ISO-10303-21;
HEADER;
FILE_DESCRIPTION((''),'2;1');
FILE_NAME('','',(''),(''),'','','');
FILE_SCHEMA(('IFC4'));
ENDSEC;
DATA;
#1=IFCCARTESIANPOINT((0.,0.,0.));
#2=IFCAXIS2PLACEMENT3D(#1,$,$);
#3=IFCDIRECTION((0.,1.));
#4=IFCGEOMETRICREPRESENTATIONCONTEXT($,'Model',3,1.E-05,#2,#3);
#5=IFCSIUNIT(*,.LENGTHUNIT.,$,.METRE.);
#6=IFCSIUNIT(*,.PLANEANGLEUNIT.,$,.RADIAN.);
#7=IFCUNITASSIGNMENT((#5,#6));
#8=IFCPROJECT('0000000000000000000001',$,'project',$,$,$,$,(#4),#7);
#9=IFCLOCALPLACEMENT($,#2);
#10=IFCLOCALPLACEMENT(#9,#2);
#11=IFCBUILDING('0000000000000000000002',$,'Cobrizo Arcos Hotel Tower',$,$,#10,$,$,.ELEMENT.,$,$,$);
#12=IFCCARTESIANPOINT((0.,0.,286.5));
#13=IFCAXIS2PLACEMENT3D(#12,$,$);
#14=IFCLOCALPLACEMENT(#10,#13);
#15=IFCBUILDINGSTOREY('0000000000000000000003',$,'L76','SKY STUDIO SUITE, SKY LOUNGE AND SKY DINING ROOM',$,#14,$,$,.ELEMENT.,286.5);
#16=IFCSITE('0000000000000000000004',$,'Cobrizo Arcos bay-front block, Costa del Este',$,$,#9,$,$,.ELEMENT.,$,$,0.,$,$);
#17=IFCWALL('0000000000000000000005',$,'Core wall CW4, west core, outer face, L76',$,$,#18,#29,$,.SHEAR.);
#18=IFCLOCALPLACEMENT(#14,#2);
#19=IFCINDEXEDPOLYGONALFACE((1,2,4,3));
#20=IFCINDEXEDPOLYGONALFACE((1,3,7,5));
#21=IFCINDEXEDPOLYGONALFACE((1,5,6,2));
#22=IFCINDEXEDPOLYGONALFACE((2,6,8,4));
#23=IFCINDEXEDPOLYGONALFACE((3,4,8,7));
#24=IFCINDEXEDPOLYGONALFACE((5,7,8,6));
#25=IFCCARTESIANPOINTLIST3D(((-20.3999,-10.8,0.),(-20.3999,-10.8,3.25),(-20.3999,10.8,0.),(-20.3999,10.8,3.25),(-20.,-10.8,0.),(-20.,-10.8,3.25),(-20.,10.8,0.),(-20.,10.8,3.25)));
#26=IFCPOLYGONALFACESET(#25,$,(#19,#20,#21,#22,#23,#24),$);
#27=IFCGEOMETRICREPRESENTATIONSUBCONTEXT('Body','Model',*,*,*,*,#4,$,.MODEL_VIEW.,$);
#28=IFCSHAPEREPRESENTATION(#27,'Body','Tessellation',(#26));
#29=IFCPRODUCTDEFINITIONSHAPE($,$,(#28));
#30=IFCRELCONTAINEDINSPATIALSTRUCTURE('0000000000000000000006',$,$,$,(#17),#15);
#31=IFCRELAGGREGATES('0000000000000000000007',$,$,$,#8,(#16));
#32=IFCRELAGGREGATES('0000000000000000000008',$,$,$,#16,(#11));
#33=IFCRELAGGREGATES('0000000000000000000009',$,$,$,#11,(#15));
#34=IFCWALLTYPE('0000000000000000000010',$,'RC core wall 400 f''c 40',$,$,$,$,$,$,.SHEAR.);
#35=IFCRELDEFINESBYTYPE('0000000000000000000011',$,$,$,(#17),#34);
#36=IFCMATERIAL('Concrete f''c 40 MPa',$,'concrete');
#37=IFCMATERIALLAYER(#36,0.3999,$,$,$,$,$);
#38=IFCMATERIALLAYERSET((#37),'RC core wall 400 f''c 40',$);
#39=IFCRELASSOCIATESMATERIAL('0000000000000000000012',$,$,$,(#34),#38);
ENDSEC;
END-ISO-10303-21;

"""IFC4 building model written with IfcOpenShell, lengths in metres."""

from ifc_helpers import new_model, si_unit, direction, frame, frame_2d, origin, place, context, subcontext, project, spatial, rectangle, extrude, material, layer, layer_set, type_object, element, save


model = new_model("IFC4")

# Units and contexts
model_context = context("Model", 3, precision=1e-05, world=origin(), true_north=direction((0.0, 1.0)))
body_context = subcontext(model_context, "Body", "Model", "MODEL_VIEW")
ifc_project = project(units=[si_unit("LENGTHUNIT", "METRE"), si_unit("PLANEANGLEUNIT", "RADIAN")], contexts=[model_context])

# Site, building, storey
site_placement = place(None, origin())
site = spatial("IfcSite", under=ifc_project, at=site_placement, Name="Cobrizo Arcos bay-front block, Costa del Este", CompositionType="ELEMENT", RefElevation=0.0)
building_placement = place(site_placement, origin())
building = spatial("IfcBuilding", under=site, at=building_placement, Name="Cobrizo Arcos Hotel Tower", CompositionType="ELEMENT")
storey_placement = place(building_placement, frame((0.0, 0.0, 286.5)))
storey = spatial("IfcBuildingStorey", under=building, at=storey_placement, Name="L76", Description="SKY STUDIO SUITE, SKY LOUNGE AND SKY DINING ROOM", CompositionType="ELEMENT", Elevation=286.5)

# Shared definitions
ifc_material_1 = material(Name="Concrete f'c 40 MPa", Category="concrete")
ifc_layer_1 = layer(ifc_material_1, 0.3999)
ifc_layer_set_1 = layer_set([ifc_layer_1], Name="RC core wall 400 f'c 40")
wall_type_1 = type_object("IfcWallType", Name="RC core wall 400 f'c 40", PredefinedType="SHEAR", material=ifc_layer_set_1)

# Wall
wall_1_placement = place(storey_placement, frame((-20.2, -10.8, 0.0), z_axis=(0.0, 0.0, 1.0), x_axis=(0.0, 1.0, 0.0)))
element("IfcWall", 1, at=wall_1_placement, inside=storey, type_object=wall_type_1, Name="Core wall CW4, west core, outer face, L76", PredefinedType="SHEAR", context=body_context, shape_type="SweptSolid", body=[
    extrude(rectangle(XDim=21.6001, YDim=0.3999, at=frame_2d((10.8, 0.0))), origin(), (0.0, 0.0, 1.0), 3.25),
])

save(model, "model.ifc")
